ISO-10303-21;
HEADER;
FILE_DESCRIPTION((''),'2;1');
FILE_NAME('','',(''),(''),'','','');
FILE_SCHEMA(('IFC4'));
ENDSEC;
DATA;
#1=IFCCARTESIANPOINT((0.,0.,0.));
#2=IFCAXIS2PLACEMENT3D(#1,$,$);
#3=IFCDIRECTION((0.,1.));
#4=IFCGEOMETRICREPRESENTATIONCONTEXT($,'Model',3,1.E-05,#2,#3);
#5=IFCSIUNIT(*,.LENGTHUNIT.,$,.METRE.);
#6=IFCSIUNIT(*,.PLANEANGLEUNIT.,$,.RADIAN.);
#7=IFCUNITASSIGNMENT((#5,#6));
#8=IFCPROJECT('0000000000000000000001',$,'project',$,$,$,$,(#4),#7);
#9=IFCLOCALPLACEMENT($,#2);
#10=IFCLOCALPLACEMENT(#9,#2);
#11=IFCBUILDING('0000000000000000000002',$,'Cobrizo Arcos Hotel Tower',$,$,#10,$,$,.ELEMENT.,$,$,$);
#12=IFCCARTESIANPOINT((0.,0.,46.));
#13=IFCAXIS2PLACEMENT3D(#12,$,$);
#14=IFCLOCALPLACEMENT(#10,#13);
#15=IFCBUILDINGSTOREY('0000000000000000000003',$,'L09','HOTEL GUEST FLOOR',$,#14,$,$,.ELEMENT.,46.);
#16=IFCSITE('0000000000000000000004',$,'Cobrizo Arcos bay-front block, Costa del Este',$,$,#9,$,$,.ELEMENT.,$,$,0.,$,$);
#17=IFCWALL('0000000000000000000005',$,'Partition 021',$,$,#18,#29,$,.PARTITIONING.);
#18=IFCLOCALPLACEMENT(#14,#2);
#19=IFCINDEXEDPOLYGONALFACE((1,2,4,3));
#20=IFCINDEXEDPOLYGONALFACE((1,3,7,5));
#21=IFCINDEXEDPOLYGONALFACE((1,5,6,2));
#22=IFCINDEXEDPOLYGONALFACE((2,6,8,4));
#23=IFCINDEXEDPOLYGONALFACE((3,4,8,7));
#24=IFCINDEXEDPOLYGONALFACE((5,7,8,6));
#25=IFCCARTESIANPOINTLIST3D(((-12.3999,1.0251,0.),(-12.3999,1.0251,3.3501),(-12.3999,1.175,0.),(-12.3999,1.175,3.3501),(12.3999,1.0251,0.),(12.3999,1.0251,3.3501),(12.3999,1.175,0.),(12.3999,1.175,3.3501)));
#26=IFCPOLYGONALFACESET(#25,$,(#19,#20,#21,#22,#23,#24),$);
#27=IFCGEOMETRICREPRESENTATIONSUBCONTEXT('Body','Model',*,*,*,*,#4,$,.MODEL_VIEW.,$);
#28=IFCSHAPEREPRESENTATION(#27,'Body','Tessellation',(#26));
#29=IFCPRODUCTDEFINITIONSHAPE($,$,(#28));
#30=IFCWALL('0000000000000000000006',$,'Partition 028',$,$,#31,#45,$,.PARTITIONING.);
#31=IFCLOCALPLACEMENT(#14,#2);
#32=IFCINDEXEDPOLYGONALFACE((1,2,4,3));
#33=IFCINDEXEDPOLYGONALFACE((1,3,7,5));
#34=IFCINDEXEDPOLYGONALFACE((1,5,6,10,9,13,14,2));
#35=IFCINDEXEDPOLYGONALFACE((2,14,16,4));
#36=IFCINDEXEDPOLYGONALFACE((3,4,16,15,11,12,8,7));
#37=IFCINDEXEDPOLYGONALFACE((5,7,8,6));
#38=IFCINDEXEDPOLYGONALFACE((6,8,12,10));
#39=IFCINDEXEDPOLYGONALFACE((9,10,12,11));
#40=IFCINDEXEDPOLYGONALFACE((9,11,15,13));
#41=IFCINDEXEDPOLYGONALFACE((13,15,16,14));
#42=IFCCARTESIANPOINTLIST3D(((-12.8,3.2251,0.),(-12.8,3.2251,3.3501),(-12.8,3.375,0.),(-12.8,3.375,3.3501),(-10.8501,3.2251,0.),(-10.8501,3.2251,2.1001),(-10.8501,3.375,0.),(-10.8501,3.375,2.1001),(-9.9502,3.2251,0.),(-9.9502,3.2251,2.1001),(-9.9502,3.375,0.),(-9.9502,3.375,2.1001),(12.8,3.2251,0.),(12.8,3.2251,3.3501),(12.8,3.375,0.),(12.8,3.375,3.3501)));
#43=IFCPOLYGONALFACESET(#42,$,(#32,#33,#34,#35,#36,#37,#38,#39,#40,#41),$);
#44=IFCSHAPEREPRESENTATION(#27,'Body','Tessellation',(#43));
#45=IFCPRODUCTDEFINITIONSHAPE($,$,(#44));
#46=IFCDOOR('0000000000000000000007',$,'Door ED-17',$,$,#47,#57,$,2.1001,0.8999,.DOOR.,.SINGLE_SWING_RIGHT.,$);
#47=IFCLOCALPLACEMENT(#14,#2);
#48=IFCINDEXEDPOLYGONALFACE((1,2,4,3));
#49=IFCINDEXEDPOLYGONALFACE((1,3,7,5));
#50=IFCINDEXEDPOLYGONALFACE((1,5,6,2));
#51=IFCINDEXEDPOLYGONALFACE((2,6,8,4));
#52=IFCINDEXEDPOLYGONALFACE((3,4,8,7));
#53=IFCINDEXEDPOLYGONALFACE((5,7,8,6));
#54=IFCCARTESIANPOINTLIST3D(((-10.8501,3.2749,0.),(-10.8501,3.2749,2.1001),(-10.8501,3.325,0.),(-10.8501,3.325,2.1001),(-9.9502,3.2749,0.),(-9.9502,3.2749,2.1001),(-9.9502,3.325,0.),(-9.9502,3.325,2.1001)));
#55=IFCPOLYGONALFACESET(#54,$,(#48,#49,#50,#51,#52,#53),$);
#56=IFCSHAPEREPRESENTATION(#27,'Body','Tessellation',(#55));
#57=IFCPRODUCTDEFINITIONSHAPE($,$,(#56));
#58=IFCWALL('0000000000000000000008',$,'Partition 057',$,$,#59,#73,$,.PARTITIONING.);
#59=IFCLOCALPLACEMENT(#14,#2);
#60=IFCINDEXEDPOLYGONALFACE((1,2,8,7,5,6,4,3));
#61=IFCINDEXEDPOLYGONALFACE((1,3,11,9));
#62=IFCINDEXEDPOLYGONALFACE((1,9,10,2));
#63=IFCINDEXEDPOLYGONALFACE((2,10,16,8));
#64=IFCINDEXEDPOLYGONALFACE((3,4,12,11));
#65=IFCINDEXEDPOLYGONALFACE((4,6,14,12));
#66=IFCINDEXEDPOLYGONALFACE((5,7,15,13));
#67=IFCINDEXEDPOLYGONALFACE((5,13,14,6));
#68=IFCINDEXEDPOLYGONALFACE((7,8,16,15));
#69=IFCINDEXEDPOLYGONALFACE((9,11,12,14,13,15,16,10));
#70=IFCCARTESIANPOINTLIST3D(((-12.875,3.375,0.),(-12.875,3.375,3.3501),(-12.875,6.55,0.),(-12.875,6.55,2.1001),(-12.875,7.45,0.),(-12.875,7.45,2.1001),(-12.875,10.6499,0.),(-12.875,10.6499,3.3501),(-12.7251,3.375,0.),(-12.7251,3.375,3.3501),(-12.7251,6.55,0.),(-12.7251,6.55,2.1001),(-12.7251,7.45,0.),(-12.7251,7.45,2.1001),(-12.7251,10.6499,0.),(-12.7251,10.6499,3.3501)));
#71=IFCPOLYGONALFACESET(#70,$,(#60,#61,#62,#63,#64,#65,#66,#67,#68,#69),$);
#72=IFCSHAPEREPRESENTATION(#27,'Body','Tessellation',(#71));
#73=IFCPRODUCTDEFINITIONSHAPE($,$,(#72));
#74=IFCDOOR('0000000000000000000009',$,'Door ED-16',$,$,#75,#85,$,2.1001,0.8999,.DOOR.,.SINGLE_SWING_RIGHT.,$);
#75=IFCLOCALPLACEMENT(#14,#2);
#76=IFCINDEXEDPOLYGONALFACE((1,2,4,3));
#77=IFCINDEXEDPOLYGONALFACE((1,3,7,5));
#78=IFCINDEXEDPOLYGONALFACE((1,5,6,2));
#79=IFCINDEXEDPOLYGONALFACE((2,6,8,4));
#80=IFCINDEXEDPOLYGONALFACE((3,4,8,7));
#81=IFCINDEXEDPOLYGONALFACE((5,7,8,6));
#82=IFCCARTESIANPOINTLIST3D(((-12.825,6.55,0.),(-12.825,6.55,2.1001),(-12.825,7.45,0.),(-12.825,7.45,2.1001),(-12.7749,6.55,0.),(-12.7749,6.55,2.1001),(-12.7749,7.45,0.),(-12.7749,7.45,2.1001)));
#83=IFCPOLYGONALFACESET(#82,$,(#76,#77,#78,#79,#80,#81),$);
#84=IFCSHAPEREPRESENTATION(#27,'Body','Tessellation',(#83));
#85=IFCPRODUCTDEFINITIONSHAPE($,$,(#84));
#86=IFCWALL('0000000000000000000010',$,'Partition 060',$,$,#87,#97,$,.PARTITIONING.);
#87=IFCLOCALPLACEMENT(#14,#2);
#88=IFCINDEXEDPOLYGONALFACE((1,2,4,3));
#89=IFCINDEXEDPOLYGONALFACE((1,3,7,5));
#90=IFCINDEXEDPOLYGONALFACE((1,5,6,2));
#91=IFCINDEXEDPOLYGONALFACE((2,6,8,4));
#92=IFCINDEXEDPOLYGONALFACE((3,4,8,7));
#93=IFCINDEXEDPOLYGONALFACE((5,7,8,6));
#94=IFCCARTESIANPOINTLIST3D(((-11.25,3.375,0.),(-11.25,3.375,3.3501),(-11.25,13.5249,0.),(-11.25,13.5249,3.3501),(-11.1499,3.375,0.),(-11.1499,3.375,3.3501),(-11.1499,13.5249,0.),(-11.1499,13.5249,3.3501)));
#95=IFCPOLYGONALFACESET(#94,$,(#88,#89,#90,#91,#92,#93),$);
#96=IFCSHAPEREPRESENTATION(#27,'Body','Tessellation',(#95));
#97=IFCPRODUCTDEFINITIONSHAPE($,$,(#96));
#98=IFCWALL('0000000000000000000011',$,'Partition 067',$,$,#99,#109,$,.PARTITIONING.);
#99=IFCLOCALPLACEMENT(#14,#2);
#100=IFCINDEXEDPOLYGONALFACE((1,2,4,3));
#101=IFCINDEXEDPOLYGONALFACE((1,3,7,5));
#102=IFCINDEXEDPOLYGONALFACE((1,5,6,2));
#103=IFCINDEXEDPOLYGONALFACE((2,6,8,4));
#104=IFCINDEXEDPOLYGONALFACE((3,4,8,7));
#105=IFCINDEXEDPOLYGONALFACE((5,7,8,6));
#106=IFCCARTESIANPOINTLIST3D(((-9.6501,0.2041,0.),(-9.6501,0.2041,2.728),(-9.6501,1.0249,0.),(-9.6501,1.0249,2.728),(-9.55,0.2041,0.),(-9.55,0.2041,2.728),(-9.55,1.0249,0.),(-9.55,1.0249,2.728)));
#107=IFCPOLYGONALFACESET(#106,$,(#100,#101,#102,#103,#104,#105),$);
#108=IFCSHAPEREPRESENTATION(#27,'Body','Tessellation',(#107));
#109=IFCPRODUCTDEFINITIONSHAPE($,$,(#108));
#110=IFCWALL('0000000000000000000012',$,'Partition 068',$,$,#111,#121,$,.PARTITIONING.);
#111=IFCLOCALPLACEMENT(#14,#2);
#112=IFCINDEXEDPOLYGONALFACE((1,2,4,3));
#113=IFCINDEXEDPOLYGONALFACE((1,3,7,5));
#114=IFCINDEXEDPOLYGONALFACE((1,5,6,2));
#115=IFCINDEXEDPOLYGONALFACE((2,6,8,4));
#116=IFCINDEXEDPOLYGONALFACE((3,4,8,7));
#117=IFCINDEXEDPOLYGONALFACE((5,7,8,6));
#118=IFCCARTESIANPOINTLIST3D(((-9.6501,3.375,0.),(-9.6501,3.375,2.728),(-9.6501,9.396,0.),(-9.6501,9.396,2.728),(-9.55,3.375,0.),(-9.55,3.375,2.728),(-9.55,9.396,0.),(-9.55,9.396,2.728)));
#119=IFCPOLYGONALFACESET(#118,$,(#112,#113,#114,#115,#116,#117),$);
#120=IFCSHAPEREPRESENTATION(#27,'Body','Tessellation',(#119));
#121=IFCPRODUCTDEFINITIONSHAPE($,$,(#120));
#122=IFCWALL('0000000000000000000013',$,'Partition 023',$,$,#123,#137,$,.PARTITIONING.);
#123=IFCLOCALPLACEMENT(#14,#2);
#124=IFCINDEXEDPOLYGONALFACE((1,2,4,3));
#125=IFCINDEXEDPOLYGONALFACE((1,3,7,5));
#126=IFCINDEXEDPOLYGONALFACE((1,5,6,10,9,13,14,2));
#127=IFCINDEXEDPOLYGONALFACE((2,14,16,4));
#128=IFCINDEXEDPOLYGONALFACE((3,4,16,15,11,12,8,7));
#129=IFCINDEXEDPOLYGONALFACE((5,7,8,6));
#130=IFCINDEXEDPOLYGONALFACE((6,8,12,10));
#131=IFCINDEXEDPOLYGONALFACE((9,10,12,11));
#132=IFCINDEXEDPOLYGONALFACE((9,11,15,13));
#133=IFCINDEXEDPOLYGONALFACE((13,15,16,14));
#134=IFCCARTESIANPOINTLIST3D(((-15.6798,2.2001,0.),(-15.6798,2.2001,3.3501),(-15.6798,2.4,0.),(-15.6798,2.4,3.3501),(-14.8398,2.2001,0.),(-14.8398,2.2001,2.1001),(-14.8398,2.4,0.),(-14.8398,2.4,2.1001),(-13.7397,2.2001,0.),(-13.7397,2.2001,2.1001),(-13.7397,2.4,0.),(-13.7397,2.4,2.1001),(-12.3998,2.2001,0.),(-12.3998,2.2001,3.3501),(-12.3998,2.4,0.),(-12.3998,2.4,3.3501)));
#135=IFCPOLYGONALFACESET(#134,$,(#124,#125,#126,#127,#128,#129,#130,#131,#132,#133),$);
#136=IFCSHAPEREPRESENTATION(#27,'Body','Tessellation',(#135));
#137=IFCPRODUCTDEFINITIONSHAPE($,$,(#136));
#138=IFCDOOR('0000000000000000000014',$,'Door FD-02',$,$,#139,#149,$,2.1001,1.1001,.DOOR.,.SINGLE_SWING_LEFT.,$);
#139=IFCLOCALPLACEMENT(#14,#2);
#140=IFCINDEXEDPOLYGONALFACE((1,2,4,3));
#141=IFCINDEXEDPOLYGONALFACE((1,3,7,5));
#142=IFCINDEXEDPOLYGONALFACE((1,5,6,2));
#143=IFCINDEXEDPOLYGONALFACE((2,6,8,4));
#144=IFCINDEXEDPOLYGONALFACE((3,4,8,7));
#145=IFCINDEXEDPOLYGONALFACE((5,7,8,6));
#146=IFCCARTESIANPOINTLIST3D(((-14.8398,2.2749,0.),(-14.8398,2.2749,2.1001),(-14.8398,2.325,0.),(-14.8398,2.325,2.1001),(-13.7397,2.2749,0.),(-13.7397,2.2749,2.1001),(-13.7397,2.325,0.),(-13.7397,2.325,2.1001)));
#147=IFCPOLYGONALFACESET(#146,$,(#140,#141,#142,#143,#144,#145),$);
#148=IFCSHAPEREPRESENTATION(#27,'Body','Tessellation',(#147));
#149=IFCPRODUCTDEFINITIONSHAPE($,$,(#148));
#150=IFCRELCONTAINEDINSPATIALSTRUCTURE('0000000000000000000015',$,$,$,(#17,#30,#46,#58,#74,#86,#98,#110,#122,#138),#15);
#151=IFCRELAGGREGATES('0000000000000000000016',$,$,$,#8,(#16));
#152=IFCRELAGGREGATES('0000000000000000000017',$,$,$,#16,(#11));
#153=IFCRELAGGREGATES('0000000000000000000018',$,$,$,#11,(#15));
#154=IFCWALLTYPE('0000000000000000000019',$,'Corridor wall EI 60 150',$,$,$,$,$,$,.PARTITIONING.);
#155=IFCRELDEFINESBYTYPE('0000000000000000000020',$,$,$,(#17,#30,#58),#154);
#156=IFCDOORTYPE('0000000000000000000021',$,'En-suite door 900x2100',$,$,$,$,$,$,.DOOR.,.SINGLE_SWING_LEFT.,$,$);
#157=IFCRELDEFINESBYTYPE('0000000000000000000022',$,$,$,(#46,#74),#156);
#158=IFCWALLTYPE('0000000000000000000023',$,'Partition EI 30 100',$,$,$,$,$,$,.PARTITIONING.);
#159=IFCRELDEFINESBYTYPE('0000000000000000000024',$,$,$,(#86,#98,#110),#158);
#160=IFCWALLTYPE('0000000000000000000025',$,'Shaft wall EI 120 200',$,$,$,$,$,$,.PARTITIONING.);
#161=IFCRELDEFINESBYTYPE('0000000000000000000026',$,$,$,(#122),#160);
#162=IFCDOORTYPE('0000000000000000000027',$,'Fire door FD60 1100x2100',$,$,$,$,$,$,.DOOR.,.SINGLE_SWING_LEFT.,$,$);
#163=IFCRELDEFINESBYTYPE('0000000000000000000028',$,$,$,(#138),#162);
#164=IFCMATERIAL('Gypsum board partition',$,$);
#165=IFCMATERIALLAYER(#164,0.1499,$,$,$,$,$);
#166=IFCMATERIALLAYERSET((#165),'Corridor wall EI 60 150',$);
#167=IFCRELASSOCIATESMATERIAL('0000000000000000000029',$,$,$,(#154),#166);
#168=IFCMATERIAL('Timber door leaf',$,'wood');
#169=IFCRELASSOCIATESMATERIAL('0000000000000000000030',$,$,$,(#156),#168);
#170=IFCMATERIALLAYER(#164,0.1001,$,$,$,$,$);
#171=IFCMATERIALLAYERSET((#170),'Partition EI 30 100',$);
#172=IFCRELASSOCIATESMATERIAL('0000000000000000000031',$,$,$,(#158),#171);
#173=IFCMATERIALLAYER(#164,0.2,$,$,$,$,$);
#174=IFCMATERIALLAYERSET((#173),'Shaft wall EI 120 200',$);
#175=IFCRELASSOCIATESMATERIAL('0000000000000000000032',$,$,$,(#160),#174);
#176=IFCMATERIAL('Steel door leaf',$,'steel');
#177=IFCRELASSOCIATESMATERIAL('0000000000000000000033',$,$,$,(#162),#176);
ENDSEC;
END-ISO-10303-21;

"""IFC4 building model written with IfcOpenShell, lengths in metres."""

from ifc_helpers import new_model, si_unit, direction, frame, frame_2d, origin, place, context, subcontext, project, spatial, rectangle, extrude, material, layer, layer_set, type_object, element, fill, save


model = new_model("IFC4")

# Units and contexts
model_context = context("Model", 3, precision=1e-05, world=origin(), true_north=direction((0.0, 1.0)))
body_context = subcontext(model_context, "Body", "Model", "MODEL_VIEW")
ifc_project = project(units=[si_unit("LENGTHUNIT", "METRE"), si_unit("PLANEANGLEUNIT", "RADIAN")], contexts=[model_context])

# Site, building, storey
site_placement = place(None, origin())
site = spatial("IfcSite", under=ifc_project, at=site_placement, Name="Cobrizo Arcos bay-front block, Costa del Este", CompositionType="ELEMENT", RefElevation=0.0)
building_placement = place(site_placement, origin())
building = spatial("IfcBuilding", under=site, at=building_placement, Name="Cobrizo Arcos Hotel Tower", CompositionType="ELEMENT")
storey_placement = place(building_placement, frame((0.0, 0.0, 46.0)))
storey = spatial("IfcBuildingStorey", under=building, at=storey_placement, Name="L09", Description="HOTEL GUEST FLOOR", CompositionType="ELEMENT", Elevation=46.0)

# Wall
ifc_material_1 = material(Name="Gypsum board partition")
ifc_layer_1 = layer(ifc_material_1, 0.1499)
ifc_layer_set_1 = layer_set([ifc_layer_1], Name="Corridor wall EI 60 150")
wall_type_1 = type_object("IfcWallType", Name="Corridor wall EI 60 150", PredefinedType="PARTITIONING", material=ifc_layer_set_1)
wall_1_placement = place(storey_placement, frame((-12.3999, 1.1001, 0.0), z_axis=(0.0, 0.0, 1.0), x_axis=(1.0, 0.0, 0.0)))
element("IfcWall", 1, at=wall_1_placement, inside=storey, type_object=wall_type_1, Name="Partition 021", PredefinedType="PARTITIONING", context=body_context, shape_type="SweptSolid", body=[
    extrude(rectangle(XDim=24.7998, YDim=0.1499, at=frame_2d((12.3999, 0.0))), origin(), (0.0, 0.0, 1.0), 3.3501),
])

# Walls, openings, doors
wall_2_placement = place(storey_placement, frame((-12.8, 3.3, 0.0), z_axis=(0.0, 0.0, 1.0), x_axis=(1.0, 0.0, 0.0)))
wall_2 = element("IfcWall", 2, at=wall_2_placement, inside=storey, type_object=wall_type_1, Name="Partition 028", PredefinedType="PARTITIONING", context=body_context, shape_type="SweptSolid", body=[
    extrude(rectangle(XDim=25.6001, YDim=0.1499, at=frame_2d((12.8, 0.0))), origin(), (0.0, 0.0, 1.0), 3.3501),
])
opening_1_placement = place(wall_2_placement, frame((1.95, 0.0, 0.0)))
opening_1 = element("IfcOpeningElement", 3, at=opening_1_placement, cuts=wall_2, PredefinedType="OPENING", context=body_context, shape_type="SweptSolid", body=[
    extrude(rectangle(XDim=0.8999, YDim=2.1001, at=frame_2d((0.45, 1.05))), frame((0.0, 0.0869, 0.0), z_axis=(0.0, -1.0, 0.0), x_axis=(1.0, 0.0, 0.0)), (0.0, 0.0, 1.0), 0.1738),
])
ifc_material_2 = material(Name="Timber door leaf", Category="wood")
door_type_1 = type_object("IfcDoorType", Name="En-suite door 900x2100", OperationType="SINGLE_SWING_LEFT", PredefinedType="DOOR", material=ifc_material_2)
door_1_placement = place(opening_1_placement, origin())
door_1 = element("IfcDoor", 4, at=door_1_placement, inside=storey, type_object=door_type_1, Name="Door ED-17", OperationType="SINGLE_SWING_RIGHT", OverallHeight=2.1001, OverallWidth=0.8999, PredefinedType="DOOR", context=body_context, shape_type="SweptSolid", body=[
    extrude(rectangle(XDim=0.8999, YDim=2.1001, at=frame_2d((0.45, 1.05))), frame((0.0, 0.0249, 0.0), z_axis=(0.0, -1.0, 0.0), x_axis=(1.0, 0.0, 0.0)), (0.0, 0.0, 1.0), 0.05),
])
fill(opening_1, door_1)
wall_3_placement = place(storey_placement, frame((-12.8, 3.375, 0.0), z_axis=(0.0, 0.0, 1.0), x_axis=(0.0, 1.0, 0.0)))
wall_3 = element("IfcWall", 5, at=wall_3_placement, inside=storey, type_object=wall_type_1, Name="Partition 057", PredefinedType="PARTITIONING", context=body_context, shape_type="SweptSolid", body=[
    extrude(rectangle(XDim=7.2749, YDim=0.1499, at=frame_2d((3.6375, 0.0))), origin(), (0.0, 0.0, 1.0), 3.3501),
])
opening_2_placement = place(wall_3_placement, frame((3.175, 0.0, 0.0)))
opening_2 = element("IfcOpeningElement", 6, at=opening_2_placement, cuts=wall_3, PredefinedType="OPENING", context=body_context, shape_type="SweptSolid", body=[
    extrude(rectangle(XDim=0.8999, YDim=2.1001, at=frame_2d((0.45, 1.05))), frame((0.0, 0.0869, 0.0), z_axis=(0.0, -1.0, 0.0), x_axis=(1.0, 0.0, 0.0)), (0.0, 0.0, 1.0), 0.1738),
])
door_2_placement = place(opening_2_placement, origin())
door_2 = element("IfcDoor", 7, at=door_2_placement, inside=storey, type_object=door_type_1, Name="Door ED-16", OperationType="SINGLE_SWING_RIGHT", OverallHeight=2.1001, OverallWidth=0.8999, PredefinedType="DOOR", context=body_context, shape_type="SweptSolid", body=[
    extrude(rectangle(XDim=0.8999, YDim=2.1001, at=frame_2d((0.45, 1.05))), frame((0.0, 0.0249, 0.0), z_axis=(0.0, -1.0, 0.0), x_axis=(1.0, 0.0, 0.0)), (0.0, 0.0, 1.0), 0.05),
])
fill(opening_2, door_2)

# Walls
ifc_layer_2 = layer(ifc_material_1, 0.1001)
ifc_layer_set_2 = layer_set([ifc_layer_2], Name="Partition EI 30 100")
wall_type_2 = type_object("IfcWallType", Name="Partition EI 30 100", PredefinedType="PARTITIONING", material=ifc_layer_set_2)
wall_4_placement = place(storey_placement, frame((-11.2, 3.375, 0.0), z_axis=(0.0, 0.0, 1.0), x_axis=(0.0, 1.0, 0.0)))
element("IfcWall", 8, at=wall_4_placement, inside=storey, type_object=wall_type_2, Name="Partition 060", PredefinedType="PARTITIONING", context=body_context, shape_type="SweptSolid", body=[
    extrude(rectangle(XDim=10.1499, YDim=0.1001, at=frame_2d((5.075, 0.0))), origin(), (0.0, 0.0, 1.0), 3.3501),
])
wall_5_placement = place(storey_placement, frame((-9.6001, 0.2041, 0.0), z_axis=(0.0, 0.0, 1.0), x_axis=(0.0, 1.0, 0.0)))
element("IfcWall", 9, at=wall_5_placement, inside=storey, type_object=wall_type_2, Name="Partition 067", PredefinedType="PARTITIONING", context=body_context, shape_type="SweptSolid", body=[
    extrude(rectangle(XDim=0.8208, YDim=0.1001, at=frame_2d((0.4104, 0.0))), origin(), (0.0, 0.0, 1.0), 2.728),
])
wall_6_placement = place(storey_placement, frame((-9.6001, 3.375, 0.0), z_axis=(0.0, 0.0, 1.0), x_axis=(0.0, 1.0, 0.0)))
element("IfcWall", 10, at=wall_6_placement, inside=storey, type_object=wall_type_2, Name="Partition 068", PredefinedType="PARTITIONING", context=body_context, shape_type="SweptSolid", body=[
    extrude(rectangle(XDim=6.021, YDim=0.1001, at=frame_2d((3.0105, 0.0))), origin(), (0.0, 0.0, 1.0), 2.728),
])

# Wall, opening, door
ifc_layer_3 = layer(ifc_material_1, 0.2)
ifc_layer_set_3 = layer_set([ifc_layer_3], Name="Shaft wall EI 120 200")
wall_type_3 = type_object("IfcWallType", Name="Shaft wall EI 120 200", PredefinedType="PARTITIONING", material=ifc_layer_set_3)
wall_7_placement = place(storey_placement, frame((-15.6799, 2.3, 0.0), z_axis=(0.0, 0.0, 1.0), x_axis=(1.0, 0.0, 0.0)))
wall_7 = element("IfcWall", 11, at=wall_7_placement, inside=storey, type_object=wall_type_3, Name="Partition 023", PredefinedType="PARTITIONING", context=body_context, shape_type="SweptSolid", body=[
    extrude(rectangle(XDim=3.28, YDim=0.2, at=frame_2d((1.6401, 0.0))), origin(), (0.0, 0.0, 1.0), 3.3501),
])
opening_3_placement = place(wall_7_placement, frame((0.8401, 0.0, 0.0)))
opening_3 = element("IfcOpeningElement", 12, at=opening_3_placement, cuts=wall_7, PredefinedType="OPENING", context=body_context, shape_type="SweptSolid", body=[
    extrude(rectangle(XDim=1.1001, YDim=2.1001, at=frame_2d((0.55, 1.05))), frame((0.0, 0.1121, 0.0), z_axis=(0.0, -1.0, 0.0), x_axis=(1.0, 0.0, 0.0)), (0.0, 0.0, 1.0), 0.2239),
])
ifc_material_3 = material(Name="Steel door leaf", Category="steel")
door_type_2 = type_object("IfcDoorType", Name="Fire door FD60 1100x2100", OperationType="SINGLE_SWING_LEFT", PredefinedType="DOOR", material=ifc_material_3)
door_3_placement = place(opening_3_placement, origin())
door_3 = element("IfcDoor", 13, at=door_3_placement, inside=storey, type_object=door_type_2, Name="Door FD-02", OperationType="SINGLE_SWING_LEFT", OverallHeight=2.1001, OverallWidth=1.1001, PredefinedType="DOOR", context=body_context, shape_type="SweptSolid", body=[
    extrude(rectangle(XDim=1.1001, YDim=2.1001, at=frame_2d((0.55, 1.05))), frame((0.0, 0.0249, 0.0), z_axis=(0.0, -1.0, 0.0), x_axis=(1.0, 0.0, 0.0)), (0.0, 0.0, 1.0), 0.05),
])
fill(opening_3, door_3)

save(model, "model.ifc")
